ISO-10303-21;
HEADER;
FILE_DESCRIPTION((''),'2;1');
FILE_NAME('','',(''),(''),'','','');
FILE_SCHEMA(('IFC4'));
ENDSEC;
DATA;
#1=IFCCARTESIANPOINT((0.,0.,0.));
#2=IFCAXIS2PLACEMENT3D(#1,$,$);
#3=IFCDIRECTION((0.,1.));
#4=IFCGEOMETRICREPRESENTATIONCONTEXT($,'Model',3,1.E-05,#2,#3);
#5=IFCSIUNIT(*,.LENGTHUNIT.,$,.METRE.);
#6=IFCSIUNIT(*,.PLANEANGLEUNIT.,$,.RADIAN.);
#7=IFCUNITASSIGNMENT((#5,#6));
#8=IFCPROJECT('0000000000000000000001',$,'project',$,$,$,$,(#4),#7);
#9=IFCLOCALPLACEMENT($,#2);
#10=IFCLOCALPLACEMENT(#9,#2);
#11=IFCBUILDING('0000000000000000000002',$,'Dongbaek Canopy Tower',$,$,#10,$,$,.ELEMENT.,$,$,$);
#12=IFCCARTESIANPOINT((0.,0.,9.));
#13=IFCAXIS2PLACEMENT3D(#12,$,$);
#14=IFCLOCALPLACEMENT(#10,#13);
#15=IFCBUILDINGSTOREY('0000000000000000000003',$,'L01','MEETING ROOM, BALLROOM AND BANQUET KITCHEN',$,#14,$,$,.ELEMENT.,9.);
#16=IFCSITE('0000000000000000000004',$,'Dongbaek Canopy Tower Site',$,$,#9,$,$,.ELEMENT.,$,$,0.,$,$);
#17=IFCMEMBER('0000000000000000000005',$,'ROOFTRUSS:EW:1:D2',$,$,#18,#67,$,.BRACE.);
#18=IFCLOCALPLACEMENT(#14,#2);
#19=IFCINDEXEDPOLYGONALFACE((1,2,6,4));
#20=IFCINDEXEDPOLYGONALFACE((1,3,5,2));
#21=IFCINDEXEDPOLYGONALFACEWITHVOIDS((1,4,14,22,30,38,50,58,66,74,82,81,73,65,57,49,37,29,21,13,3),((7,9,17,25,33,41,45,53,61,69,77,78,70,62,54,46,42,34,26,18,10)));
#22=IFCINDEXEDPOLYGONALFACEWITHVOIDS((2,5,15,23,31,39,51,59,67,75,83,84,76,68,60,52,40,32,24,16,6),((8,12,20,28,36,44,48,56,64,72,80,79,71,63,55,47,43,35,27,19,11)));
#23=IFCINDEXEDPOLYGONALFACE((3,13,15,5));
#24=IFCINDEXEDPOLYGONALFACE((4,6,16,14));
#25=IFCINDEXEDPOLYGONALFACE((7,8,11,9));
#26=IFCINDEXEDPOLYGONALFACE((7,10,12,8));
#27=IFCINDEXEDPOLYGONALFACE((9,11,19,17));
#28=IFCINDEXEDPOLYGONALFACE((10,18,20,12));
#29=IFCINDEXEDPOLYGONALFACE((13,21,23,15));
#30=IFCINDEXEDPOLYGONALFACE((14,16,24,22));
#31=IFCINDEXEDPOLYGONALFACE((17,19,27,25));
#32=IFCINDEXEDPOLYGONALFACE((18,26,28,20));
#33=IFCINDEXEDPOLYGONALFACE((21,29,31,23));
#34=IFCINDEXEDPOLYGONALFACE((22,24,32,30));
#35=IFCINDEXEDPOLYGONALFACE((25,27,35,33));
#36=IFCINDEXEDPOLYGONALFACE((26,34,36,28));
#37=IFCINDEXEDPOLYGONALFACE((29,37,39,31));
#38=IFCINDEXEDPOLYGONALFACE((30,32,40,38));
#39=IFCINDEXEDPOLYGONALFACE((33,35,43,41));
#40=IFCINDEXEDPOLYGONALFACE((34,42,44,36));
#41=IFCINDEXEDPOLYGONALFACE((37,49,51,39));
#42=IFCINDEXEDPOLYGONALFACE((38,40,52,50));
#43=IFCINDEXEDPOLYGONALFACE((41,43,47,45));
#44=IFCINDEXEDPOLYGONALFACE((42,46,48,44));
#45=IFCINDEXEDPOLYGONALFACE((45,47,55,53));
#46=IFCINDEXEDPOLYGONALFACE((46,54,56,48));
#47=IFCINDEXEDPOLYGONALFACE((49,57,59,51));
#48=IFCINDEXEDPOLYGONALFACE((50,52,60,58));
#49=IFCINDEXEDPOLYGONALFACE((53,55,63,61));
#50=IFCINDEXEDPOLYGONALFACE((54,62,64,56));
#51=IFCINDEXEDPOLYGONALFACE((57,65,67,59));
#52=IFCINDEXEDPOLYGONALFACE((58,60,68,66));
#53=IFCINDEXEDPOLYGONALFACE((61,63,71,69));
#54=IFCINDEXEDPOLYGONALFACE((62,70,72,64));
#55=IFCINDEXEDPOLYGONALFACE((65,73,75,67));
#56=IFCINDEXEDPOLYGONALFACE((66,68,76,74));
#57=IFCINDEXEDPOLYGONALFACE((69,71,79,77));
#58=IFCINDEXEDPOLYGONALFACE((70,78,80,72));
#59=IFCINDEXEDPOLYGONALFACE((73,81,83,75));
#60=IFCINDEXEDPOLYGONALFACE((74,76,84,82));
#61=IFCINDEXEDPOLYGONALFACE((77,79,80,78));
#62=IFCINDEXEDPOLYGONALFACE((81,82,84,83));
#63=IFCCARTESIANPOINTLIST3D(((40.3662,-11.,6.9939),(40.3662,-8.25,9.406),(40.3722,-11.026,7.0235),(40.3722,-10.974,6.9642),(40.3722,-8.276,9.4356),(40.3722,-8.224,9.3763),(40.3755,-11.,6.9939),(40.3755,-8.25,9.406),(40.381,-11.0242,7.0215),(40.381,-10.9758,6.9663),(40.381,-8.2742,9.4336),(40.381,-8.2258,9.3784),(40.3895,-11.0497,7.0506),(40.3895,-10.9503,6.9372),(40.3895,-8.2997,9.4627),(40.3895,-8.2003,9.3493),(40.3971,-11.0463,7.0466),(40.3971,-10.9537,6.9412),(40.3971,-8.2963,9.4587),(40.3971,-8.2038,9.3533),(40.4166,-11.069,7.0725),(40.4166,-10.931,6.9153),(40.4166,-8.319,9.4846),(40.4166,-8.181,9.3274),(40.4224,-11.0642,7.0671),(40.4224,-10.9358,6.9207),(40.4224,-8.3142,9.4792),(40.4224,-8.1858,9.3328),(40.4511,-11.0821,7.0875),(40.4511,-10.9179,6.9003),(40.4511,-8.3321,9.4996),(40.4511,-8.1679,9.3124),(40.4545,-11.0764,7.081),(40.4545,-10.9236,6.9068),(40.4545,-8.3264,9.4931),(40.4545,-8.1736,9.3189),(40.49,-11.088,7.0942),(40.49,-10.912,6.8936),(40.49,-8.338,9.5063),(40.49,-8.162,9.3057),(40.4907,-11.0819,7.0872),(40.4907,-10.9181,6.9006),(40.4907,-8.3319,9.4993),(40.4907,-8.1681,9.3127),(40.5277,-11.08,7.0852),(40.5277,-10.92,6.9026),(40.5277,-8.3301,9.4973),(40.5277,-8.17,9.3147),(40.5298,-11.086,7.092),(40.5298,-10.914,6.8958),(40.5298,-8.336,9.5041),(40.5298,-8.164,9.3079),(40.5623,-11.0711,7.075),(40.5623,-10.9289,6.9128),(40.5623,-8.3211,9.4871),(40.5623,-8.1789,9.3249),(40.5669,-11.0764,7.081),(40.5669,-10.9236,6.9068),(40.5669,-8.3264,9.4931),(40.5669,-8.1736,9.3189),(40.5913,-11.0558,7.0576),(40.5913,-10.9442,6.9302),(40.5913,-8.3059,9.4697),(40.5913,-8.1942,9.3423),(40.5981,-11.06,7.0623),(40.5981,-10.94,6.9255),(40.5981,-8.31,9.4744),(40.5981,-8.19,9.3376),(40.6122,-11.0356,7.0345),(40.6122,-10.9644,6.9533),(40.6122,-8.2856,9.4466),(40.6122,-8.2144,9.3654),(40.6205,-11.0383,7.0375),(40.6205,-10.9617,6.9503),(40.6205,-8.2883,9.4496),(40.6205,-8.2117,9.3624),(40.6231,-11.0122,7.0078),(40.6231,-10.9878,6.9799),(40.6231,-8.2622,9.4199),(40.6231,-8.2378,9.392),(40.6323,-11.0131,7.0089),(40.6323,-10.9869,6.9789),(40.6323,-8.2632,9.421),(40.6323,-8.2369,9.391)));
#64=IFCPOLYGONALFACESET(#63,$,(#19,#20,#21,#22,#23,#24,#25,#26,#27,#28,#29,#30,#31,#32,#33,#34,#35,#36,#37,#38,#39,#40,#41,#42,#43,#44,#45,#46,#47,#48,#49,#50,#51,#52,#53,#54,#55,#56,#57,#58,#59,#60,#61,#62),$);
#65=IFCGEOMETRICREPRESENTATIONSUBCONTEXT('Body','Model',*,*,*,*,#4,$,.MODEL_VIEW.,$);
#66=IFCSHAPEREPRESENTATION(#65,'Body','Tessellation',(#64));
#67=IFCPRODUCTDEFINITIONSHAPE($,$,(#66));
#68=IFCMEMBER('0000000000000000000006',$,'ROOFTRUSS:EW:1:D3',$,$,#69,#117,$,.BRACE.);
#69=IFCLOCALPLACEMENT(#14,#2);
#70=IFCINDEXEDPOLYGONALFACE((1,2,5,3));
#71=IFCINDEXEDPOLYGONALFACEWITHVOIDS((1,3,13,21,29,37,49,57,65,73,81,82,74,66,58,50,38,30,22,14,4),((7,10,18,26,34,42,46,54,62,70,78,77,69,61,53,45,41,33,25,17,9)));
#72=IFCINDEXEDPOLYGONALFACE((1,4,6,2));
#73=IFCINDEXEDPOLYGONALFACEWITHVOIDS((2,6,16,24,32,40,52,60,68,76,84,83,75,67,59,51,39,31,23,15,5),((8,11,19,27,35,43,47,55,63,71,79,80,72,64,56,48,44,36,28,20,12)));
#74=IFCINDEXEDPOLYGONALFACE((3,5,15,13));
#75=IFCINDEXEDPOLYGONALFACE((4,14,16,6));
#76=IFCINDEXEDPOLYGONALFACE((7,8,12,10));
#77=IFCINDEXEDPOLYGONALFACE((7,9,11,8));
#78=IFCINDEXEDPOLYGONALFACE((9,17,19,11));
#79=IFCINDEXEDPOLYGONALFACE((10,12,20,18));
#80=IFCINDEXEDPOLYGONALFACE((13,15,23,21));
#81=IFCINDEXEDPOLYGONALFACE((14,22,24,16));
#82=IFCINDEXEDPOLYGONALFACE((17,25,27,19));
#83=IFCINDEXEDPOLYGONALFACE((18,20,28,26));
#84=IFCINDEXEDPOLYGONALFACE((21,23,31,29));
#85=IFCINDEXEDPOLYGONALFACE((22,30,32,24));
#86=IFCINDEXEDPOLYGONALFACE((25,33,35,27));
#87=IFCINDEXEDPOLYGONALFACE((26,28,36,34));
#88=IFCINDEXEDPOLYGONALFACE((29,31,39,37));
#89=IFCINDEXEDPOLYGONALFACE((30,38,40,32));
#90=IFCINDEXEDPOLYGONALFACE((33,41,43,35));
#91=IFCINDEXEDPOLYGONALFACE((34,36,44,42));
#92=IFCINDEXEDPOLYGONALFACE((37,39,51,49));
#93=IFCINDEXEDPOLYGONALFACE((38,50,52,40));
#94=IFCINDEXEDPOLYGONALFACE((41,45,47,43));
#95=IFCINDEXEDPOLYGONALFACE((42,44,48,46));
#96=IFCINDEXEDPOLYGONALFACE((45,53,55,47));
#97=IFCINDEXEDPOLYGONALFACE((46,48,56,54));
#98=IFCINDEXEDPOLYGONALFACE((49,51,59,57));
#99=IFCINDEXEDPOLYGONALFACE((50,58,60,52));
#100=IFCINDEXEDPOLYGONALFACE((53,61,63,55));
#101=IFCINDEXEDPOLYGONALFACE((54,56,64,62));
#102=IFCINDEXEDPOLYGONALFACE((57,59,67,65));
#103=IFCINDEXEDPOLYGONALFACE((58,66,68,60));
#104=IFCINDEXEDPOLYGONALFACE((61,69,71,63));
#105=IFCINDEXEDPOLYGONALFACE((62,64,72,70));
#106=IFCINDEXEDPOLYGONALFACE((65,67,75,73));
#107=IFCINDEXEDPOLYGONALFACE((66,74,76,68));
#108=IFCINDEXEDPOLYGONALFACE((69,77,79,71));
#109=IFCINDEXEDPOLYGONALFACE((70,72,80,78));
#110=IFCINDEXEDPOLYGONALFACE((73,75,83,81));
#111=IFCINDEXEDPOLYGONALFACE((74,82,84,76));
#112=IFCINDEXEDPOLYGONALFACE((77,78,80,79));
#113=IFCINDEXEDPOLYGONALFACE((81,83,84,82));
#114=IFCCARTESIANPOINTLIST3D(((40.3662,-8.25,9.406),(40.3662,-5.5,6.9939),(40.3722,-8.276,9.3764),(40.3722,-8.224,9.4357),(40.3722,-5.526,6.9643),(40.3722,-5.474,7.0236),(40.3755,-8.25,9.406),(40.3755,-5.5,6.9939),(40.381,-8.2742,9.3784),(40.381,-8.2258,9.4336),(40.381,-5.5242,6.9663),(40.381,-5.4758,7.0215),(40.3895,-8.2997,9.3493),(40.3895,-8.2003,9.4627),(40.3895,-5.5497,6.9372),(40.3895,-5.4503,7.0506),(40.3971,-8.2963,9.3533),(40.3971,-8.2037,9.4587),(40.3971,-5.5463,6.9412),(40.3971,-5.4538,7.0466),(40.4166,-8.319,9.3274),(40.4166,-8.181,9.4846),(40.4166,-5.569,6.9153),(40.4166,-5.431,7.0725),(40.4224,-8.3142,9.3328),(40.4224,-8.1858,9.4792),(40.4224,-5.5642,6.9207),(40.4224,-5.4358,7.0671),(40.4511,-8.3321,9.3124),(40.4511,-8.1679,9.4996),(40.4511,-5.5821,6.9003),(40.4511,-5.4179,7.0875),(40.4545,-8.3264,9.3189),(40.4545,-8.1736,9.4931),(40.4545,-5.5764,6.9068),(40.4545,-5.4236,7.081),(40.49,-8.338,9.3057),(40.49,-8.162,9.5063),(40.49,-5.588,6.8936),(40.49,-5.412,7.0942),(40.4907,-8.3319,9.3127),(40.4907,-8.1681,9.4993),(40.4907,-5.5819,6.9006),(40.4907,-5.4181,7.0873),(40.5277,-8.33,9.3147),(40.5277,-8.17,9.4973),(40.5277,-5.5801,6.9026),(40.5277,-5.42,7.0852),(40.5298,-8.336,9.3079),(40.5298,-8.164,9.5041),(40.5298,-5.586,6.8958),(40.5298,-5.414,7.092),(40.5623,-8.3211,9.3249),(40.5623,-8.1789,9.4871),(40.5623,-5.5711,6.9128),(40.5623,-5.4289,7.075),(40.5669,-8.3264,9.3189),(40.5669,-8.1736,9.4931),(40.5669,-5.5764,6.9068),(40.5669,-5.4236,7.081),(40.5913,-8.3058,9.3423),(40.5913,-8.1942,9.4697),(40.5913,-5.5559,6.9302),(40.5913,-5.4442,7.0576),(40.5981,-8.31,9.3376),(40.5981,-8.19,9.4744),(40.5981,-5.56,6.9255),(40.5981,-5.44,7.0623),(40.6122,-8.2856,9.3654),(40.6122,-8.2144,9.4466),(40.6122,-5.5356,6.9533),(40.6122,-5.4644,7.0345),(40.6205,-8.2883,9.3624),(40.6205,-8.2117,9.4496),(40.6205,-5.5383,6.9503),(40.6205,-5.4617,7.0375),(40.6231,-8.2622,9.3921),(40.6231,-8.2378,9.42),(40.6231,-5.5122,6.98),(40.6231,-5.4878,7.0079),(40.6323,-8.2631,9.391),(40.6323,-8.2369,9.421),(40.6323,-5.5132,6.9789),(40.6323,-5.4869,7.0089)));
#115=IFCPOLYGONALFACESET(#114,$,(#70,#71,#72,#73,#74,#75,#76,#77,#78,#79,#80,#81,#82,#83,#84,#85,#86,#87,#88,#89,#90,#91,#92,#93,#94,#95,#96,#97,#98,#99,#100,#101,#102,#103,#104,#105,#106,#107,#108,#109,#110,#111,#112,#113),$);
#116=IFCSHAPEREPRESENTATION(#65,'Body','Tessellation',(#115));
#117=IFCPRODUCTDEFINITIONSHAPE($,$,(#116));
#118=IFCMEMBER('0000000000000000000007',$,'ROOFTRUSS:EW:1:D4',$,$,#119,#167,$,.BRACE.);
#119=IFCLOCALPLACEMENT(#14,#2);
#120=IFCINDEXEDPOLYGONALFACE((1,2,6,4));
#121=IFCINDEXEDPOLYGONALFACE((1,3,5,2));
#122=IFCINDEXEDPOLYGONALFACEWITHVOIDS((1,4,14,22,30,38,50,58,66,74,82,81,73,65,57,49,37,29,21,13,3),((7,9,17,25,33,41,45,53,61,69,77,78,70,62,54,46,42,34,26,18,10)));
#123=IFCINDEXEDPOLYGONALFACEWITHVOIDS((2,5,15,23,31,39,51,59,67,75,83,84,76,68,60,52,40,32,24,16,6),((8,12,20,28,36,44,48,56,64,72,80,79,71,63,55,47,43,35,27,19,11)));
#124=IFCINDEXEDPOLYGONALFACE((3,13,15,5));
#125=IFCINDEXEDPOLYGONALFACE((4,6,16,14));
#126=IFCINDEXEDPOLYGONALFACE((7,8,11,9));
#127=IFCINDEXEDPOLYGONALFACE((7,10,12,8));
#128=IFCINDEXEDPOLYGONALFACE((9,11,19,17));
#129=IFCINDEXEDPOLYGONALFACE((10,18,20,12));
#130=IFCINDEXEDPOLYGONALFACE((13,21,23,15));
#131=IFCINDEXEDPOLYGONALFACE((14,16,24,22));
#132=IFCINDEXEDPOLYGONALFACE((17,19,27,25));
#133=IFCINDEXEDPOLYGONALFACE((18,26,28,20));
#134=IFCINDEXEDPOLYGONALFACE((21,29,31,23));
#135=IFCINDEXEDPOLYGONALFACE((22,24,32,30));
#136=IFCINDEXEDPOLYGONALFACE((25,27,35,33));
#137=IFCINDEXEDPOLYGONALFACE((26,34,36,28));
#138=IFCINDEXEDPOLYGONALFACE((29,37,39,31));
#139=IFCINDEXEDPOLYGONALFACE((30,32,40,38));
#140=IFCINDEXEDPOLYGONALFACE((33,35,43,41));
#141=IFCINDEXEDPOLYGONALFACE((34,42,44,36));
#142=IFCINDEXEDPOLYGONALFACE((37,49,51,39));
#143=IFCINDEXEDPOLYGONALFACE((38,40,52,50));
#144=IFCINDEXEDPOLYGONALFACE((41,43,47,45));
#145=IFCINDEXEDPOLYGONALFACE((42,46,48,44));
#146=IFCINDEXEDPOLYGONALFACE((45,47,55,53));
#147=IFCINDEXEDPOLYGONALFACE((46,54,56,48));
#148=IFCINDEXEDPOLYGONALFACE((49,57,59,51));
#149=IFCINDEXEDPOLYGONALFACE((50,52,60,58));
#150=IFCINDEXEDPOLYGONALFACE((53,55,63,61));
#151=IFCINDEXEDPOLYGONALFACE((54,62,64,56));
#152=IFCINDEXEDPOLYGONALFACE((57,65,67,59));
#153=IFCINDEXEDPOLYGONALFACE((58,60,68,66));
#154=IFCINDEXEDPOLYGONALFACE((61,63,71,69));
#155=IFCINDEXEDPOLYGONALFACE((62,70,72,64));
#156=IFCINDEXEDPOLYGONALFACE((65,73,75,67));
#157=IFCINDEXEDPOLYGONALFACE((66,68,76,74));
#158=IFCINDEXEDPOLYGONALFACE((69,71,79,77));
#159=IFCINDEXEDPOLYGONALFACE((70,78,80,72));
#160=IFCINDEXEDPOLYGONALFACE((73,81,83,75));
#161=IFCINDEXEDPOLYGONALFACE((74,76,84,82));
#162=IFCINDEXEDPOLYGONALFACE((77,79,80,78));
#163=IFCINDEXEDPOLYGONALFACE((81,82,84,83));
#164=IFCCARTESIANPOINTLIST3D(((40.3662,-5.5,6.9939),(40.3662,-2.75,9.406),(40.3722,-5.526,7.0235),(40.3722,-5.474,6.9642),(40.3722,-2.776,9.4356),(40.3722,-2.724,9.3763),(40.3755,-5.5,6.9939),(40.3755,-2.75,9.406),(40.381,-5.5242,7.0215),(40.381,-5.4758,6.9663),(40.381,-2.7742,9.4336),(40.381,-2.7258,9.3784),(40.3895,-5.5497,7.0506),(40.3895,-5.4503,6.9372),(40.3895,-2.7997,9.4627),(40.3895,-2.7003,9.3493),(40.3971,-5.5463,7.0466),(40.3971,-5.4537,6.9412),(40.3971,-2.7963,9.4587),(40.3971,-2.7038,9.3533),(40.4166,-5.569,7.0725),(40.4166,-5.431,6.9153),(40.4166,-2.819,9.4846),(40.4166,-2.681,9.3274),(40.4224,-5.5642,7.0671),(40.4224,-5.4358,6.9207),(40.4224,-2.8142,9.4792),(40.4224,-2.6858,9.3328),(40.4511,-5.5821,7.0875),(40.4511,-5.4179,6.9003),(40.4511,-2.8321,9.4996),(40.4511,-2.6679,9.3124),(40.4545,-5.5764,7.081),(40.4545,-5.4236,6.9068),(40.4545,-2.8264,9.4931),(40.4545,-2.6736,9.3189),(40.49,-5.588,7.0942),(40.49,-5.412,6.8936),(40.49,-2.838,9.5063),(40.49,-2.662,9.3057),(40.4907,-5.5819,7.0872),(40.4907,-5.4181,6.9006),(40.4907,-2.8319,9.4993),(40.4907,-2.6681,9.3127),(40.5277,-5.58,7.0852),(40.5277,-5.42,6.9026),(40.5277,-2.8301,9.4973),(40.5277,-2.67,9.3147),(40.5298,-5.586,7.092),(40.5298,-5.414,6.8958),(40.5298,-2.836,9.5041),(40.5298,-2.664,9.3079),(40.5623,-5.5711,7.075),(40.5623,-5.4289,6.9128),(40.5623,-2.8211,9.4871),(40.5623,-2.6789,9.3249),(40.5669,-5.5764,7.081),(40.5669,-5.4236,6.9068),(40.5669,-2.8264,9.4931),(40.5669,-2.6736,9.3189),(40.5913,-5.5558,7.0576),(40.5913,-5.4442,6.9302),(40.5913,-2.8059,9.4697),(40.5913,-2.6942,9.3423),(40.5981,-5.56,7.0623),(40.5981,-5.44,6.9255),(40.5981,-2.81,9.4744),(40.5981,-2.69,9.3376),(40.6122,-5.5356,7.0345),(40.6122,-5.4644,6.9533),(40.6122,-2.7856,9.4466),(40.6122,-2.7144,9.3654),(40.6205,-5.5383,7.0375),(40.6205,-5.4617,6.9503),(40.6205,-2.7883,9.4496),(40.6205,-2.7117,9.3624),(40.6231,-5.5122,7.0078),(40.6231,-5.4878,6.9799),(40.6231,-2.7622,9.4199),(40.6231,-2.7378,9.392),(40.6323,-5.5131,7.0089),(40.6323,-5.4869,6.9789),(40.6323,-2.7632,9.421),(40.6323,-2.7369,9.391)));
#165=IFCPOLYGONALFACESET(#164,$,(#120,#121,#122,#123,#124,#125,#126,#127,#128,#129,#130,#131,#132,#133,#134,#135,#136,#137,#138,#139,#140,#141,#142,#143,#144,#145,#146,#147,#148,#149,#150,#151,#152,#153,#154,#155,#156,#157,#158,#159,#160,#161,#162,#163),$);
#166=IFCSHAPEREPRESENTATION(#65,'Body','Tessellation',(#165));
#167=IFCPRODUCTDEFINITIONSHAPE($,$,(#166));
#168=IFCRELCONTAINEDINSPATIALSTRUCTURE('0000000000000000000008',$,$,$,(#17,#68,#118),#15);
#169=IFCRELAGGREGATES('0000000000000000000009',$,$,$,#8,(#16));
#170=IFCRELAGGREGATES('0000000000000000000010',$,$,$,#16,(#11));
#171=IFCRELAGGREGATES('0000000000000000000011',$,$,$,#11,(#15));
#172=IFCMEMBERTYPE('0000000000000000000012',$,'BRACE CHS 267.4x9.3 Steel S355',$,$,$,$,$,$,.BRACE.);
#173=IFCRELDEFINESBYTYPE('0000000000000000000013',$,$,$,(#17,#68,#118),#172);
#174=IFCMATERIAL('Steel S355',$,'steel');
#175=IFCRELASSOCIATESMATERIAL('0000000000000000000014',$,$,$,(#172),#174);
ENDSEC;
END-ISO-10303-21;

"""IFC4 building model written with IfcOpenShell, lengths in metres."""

from ifc_helpers import new_model, si_unit, direction, frame, origin, origin_2d, place, context, subcontext, project, spatial, hollow_circle, extrude, material, material_profile, profile_set, type_object, element, save


model = new_model("IFC4")

# Units and contexts
model_context = context("Model", 3, precision=1e-05, world=origin(), true_north=direction((0.0, 1.0)))
body_context = subcontext(model_context, "Body", "Model", "MODEL_VIEW")
ifc_project = project(units=[si_unit("LENGTHUNIT", "METRE"), si_unit("PLANEANGLEUNIT", "RADIAN")], contexts=[model_context])

# Site, building, storey
site_placement = place(None, origin())
site = spatial("IfcSite", under=ifc_project, at=site_placement, Name="Dongbaek Canopy Tower Site", CompositionType="ELEMENT", RefElevation=0.0)
building_placement = place(site_placement, origin())
building = spatial("IfcBuilding", under=site, at=building_placement, Name="Dongbaek Canopy Tower", CompositionType="ELEMENT")
storey_placement = place(building_placement, frame((0.0, 0.0, 9.0)))
storey = spatial("IfcBuildingStorey", under=building, at=storey_placement, Name="L01", Description="MEETING ROOM, BALLROOM AND BANQUET KITCHEN", CompositionType="ELEMENT", Elevation=9.0)

# Members
ifc_material_1 = material(Name="Steel S355", Category="steel")
ifc_material_profile_1 = material_profile(ifc_material_1, hollow_circle(Radius=0.1338, WallThickness=0.0093, at=origin_2d()), Name="BRACE CHS 267.4x9.3 Steel S355")
ifc_profile_set_1 = profile_set([ifc_material_profile_1], Name="Steel S355")
member_type_1 = type_object("IfcMemberType", Name="BRACE CHS 267.4x9.3 Steel S355", PredefinedType="BRACE", material=ifc_profile_set_1)
for number, where, z_axis, x_axis, name in (
    (1, (40.5, -11.0, 6.9939), (0.0, 0.751782, 0.659411), (-1.0, 0.0, 0.0), "ROOFTRUSS:EW:1:D2"),
    (2, (40.5, -8.25, 9.406), (0.0, 0.751782, -0.659411), (-1.0, 0.0, 0.0), "ROOFTRUSS:EW:1:D3"),
    (3, (40.5, -5.5, 6.9939), (0.0, 0.751782, 0.659411), (-1.0, 0.0, 0.0), "ROOFTRUSS:EW:1:D4"),
):
    element("IfcMember", number, at=place(storey_placement, frame(where, z_axis=z_axis, x_axis=x_axis)), inside=storey, type_object=member_type_1, Name=name, PredefinedType="BRACE", context=body_context, shape_type="SweptSolid", body=[
        extrude(hollow_circle(Radius=0.1338, WallThickness=0.0093, at=origin_2d()), origin(), (0.0, 0.0, 1.0), 3.658),
    ])

save(model, "model.ifc")
